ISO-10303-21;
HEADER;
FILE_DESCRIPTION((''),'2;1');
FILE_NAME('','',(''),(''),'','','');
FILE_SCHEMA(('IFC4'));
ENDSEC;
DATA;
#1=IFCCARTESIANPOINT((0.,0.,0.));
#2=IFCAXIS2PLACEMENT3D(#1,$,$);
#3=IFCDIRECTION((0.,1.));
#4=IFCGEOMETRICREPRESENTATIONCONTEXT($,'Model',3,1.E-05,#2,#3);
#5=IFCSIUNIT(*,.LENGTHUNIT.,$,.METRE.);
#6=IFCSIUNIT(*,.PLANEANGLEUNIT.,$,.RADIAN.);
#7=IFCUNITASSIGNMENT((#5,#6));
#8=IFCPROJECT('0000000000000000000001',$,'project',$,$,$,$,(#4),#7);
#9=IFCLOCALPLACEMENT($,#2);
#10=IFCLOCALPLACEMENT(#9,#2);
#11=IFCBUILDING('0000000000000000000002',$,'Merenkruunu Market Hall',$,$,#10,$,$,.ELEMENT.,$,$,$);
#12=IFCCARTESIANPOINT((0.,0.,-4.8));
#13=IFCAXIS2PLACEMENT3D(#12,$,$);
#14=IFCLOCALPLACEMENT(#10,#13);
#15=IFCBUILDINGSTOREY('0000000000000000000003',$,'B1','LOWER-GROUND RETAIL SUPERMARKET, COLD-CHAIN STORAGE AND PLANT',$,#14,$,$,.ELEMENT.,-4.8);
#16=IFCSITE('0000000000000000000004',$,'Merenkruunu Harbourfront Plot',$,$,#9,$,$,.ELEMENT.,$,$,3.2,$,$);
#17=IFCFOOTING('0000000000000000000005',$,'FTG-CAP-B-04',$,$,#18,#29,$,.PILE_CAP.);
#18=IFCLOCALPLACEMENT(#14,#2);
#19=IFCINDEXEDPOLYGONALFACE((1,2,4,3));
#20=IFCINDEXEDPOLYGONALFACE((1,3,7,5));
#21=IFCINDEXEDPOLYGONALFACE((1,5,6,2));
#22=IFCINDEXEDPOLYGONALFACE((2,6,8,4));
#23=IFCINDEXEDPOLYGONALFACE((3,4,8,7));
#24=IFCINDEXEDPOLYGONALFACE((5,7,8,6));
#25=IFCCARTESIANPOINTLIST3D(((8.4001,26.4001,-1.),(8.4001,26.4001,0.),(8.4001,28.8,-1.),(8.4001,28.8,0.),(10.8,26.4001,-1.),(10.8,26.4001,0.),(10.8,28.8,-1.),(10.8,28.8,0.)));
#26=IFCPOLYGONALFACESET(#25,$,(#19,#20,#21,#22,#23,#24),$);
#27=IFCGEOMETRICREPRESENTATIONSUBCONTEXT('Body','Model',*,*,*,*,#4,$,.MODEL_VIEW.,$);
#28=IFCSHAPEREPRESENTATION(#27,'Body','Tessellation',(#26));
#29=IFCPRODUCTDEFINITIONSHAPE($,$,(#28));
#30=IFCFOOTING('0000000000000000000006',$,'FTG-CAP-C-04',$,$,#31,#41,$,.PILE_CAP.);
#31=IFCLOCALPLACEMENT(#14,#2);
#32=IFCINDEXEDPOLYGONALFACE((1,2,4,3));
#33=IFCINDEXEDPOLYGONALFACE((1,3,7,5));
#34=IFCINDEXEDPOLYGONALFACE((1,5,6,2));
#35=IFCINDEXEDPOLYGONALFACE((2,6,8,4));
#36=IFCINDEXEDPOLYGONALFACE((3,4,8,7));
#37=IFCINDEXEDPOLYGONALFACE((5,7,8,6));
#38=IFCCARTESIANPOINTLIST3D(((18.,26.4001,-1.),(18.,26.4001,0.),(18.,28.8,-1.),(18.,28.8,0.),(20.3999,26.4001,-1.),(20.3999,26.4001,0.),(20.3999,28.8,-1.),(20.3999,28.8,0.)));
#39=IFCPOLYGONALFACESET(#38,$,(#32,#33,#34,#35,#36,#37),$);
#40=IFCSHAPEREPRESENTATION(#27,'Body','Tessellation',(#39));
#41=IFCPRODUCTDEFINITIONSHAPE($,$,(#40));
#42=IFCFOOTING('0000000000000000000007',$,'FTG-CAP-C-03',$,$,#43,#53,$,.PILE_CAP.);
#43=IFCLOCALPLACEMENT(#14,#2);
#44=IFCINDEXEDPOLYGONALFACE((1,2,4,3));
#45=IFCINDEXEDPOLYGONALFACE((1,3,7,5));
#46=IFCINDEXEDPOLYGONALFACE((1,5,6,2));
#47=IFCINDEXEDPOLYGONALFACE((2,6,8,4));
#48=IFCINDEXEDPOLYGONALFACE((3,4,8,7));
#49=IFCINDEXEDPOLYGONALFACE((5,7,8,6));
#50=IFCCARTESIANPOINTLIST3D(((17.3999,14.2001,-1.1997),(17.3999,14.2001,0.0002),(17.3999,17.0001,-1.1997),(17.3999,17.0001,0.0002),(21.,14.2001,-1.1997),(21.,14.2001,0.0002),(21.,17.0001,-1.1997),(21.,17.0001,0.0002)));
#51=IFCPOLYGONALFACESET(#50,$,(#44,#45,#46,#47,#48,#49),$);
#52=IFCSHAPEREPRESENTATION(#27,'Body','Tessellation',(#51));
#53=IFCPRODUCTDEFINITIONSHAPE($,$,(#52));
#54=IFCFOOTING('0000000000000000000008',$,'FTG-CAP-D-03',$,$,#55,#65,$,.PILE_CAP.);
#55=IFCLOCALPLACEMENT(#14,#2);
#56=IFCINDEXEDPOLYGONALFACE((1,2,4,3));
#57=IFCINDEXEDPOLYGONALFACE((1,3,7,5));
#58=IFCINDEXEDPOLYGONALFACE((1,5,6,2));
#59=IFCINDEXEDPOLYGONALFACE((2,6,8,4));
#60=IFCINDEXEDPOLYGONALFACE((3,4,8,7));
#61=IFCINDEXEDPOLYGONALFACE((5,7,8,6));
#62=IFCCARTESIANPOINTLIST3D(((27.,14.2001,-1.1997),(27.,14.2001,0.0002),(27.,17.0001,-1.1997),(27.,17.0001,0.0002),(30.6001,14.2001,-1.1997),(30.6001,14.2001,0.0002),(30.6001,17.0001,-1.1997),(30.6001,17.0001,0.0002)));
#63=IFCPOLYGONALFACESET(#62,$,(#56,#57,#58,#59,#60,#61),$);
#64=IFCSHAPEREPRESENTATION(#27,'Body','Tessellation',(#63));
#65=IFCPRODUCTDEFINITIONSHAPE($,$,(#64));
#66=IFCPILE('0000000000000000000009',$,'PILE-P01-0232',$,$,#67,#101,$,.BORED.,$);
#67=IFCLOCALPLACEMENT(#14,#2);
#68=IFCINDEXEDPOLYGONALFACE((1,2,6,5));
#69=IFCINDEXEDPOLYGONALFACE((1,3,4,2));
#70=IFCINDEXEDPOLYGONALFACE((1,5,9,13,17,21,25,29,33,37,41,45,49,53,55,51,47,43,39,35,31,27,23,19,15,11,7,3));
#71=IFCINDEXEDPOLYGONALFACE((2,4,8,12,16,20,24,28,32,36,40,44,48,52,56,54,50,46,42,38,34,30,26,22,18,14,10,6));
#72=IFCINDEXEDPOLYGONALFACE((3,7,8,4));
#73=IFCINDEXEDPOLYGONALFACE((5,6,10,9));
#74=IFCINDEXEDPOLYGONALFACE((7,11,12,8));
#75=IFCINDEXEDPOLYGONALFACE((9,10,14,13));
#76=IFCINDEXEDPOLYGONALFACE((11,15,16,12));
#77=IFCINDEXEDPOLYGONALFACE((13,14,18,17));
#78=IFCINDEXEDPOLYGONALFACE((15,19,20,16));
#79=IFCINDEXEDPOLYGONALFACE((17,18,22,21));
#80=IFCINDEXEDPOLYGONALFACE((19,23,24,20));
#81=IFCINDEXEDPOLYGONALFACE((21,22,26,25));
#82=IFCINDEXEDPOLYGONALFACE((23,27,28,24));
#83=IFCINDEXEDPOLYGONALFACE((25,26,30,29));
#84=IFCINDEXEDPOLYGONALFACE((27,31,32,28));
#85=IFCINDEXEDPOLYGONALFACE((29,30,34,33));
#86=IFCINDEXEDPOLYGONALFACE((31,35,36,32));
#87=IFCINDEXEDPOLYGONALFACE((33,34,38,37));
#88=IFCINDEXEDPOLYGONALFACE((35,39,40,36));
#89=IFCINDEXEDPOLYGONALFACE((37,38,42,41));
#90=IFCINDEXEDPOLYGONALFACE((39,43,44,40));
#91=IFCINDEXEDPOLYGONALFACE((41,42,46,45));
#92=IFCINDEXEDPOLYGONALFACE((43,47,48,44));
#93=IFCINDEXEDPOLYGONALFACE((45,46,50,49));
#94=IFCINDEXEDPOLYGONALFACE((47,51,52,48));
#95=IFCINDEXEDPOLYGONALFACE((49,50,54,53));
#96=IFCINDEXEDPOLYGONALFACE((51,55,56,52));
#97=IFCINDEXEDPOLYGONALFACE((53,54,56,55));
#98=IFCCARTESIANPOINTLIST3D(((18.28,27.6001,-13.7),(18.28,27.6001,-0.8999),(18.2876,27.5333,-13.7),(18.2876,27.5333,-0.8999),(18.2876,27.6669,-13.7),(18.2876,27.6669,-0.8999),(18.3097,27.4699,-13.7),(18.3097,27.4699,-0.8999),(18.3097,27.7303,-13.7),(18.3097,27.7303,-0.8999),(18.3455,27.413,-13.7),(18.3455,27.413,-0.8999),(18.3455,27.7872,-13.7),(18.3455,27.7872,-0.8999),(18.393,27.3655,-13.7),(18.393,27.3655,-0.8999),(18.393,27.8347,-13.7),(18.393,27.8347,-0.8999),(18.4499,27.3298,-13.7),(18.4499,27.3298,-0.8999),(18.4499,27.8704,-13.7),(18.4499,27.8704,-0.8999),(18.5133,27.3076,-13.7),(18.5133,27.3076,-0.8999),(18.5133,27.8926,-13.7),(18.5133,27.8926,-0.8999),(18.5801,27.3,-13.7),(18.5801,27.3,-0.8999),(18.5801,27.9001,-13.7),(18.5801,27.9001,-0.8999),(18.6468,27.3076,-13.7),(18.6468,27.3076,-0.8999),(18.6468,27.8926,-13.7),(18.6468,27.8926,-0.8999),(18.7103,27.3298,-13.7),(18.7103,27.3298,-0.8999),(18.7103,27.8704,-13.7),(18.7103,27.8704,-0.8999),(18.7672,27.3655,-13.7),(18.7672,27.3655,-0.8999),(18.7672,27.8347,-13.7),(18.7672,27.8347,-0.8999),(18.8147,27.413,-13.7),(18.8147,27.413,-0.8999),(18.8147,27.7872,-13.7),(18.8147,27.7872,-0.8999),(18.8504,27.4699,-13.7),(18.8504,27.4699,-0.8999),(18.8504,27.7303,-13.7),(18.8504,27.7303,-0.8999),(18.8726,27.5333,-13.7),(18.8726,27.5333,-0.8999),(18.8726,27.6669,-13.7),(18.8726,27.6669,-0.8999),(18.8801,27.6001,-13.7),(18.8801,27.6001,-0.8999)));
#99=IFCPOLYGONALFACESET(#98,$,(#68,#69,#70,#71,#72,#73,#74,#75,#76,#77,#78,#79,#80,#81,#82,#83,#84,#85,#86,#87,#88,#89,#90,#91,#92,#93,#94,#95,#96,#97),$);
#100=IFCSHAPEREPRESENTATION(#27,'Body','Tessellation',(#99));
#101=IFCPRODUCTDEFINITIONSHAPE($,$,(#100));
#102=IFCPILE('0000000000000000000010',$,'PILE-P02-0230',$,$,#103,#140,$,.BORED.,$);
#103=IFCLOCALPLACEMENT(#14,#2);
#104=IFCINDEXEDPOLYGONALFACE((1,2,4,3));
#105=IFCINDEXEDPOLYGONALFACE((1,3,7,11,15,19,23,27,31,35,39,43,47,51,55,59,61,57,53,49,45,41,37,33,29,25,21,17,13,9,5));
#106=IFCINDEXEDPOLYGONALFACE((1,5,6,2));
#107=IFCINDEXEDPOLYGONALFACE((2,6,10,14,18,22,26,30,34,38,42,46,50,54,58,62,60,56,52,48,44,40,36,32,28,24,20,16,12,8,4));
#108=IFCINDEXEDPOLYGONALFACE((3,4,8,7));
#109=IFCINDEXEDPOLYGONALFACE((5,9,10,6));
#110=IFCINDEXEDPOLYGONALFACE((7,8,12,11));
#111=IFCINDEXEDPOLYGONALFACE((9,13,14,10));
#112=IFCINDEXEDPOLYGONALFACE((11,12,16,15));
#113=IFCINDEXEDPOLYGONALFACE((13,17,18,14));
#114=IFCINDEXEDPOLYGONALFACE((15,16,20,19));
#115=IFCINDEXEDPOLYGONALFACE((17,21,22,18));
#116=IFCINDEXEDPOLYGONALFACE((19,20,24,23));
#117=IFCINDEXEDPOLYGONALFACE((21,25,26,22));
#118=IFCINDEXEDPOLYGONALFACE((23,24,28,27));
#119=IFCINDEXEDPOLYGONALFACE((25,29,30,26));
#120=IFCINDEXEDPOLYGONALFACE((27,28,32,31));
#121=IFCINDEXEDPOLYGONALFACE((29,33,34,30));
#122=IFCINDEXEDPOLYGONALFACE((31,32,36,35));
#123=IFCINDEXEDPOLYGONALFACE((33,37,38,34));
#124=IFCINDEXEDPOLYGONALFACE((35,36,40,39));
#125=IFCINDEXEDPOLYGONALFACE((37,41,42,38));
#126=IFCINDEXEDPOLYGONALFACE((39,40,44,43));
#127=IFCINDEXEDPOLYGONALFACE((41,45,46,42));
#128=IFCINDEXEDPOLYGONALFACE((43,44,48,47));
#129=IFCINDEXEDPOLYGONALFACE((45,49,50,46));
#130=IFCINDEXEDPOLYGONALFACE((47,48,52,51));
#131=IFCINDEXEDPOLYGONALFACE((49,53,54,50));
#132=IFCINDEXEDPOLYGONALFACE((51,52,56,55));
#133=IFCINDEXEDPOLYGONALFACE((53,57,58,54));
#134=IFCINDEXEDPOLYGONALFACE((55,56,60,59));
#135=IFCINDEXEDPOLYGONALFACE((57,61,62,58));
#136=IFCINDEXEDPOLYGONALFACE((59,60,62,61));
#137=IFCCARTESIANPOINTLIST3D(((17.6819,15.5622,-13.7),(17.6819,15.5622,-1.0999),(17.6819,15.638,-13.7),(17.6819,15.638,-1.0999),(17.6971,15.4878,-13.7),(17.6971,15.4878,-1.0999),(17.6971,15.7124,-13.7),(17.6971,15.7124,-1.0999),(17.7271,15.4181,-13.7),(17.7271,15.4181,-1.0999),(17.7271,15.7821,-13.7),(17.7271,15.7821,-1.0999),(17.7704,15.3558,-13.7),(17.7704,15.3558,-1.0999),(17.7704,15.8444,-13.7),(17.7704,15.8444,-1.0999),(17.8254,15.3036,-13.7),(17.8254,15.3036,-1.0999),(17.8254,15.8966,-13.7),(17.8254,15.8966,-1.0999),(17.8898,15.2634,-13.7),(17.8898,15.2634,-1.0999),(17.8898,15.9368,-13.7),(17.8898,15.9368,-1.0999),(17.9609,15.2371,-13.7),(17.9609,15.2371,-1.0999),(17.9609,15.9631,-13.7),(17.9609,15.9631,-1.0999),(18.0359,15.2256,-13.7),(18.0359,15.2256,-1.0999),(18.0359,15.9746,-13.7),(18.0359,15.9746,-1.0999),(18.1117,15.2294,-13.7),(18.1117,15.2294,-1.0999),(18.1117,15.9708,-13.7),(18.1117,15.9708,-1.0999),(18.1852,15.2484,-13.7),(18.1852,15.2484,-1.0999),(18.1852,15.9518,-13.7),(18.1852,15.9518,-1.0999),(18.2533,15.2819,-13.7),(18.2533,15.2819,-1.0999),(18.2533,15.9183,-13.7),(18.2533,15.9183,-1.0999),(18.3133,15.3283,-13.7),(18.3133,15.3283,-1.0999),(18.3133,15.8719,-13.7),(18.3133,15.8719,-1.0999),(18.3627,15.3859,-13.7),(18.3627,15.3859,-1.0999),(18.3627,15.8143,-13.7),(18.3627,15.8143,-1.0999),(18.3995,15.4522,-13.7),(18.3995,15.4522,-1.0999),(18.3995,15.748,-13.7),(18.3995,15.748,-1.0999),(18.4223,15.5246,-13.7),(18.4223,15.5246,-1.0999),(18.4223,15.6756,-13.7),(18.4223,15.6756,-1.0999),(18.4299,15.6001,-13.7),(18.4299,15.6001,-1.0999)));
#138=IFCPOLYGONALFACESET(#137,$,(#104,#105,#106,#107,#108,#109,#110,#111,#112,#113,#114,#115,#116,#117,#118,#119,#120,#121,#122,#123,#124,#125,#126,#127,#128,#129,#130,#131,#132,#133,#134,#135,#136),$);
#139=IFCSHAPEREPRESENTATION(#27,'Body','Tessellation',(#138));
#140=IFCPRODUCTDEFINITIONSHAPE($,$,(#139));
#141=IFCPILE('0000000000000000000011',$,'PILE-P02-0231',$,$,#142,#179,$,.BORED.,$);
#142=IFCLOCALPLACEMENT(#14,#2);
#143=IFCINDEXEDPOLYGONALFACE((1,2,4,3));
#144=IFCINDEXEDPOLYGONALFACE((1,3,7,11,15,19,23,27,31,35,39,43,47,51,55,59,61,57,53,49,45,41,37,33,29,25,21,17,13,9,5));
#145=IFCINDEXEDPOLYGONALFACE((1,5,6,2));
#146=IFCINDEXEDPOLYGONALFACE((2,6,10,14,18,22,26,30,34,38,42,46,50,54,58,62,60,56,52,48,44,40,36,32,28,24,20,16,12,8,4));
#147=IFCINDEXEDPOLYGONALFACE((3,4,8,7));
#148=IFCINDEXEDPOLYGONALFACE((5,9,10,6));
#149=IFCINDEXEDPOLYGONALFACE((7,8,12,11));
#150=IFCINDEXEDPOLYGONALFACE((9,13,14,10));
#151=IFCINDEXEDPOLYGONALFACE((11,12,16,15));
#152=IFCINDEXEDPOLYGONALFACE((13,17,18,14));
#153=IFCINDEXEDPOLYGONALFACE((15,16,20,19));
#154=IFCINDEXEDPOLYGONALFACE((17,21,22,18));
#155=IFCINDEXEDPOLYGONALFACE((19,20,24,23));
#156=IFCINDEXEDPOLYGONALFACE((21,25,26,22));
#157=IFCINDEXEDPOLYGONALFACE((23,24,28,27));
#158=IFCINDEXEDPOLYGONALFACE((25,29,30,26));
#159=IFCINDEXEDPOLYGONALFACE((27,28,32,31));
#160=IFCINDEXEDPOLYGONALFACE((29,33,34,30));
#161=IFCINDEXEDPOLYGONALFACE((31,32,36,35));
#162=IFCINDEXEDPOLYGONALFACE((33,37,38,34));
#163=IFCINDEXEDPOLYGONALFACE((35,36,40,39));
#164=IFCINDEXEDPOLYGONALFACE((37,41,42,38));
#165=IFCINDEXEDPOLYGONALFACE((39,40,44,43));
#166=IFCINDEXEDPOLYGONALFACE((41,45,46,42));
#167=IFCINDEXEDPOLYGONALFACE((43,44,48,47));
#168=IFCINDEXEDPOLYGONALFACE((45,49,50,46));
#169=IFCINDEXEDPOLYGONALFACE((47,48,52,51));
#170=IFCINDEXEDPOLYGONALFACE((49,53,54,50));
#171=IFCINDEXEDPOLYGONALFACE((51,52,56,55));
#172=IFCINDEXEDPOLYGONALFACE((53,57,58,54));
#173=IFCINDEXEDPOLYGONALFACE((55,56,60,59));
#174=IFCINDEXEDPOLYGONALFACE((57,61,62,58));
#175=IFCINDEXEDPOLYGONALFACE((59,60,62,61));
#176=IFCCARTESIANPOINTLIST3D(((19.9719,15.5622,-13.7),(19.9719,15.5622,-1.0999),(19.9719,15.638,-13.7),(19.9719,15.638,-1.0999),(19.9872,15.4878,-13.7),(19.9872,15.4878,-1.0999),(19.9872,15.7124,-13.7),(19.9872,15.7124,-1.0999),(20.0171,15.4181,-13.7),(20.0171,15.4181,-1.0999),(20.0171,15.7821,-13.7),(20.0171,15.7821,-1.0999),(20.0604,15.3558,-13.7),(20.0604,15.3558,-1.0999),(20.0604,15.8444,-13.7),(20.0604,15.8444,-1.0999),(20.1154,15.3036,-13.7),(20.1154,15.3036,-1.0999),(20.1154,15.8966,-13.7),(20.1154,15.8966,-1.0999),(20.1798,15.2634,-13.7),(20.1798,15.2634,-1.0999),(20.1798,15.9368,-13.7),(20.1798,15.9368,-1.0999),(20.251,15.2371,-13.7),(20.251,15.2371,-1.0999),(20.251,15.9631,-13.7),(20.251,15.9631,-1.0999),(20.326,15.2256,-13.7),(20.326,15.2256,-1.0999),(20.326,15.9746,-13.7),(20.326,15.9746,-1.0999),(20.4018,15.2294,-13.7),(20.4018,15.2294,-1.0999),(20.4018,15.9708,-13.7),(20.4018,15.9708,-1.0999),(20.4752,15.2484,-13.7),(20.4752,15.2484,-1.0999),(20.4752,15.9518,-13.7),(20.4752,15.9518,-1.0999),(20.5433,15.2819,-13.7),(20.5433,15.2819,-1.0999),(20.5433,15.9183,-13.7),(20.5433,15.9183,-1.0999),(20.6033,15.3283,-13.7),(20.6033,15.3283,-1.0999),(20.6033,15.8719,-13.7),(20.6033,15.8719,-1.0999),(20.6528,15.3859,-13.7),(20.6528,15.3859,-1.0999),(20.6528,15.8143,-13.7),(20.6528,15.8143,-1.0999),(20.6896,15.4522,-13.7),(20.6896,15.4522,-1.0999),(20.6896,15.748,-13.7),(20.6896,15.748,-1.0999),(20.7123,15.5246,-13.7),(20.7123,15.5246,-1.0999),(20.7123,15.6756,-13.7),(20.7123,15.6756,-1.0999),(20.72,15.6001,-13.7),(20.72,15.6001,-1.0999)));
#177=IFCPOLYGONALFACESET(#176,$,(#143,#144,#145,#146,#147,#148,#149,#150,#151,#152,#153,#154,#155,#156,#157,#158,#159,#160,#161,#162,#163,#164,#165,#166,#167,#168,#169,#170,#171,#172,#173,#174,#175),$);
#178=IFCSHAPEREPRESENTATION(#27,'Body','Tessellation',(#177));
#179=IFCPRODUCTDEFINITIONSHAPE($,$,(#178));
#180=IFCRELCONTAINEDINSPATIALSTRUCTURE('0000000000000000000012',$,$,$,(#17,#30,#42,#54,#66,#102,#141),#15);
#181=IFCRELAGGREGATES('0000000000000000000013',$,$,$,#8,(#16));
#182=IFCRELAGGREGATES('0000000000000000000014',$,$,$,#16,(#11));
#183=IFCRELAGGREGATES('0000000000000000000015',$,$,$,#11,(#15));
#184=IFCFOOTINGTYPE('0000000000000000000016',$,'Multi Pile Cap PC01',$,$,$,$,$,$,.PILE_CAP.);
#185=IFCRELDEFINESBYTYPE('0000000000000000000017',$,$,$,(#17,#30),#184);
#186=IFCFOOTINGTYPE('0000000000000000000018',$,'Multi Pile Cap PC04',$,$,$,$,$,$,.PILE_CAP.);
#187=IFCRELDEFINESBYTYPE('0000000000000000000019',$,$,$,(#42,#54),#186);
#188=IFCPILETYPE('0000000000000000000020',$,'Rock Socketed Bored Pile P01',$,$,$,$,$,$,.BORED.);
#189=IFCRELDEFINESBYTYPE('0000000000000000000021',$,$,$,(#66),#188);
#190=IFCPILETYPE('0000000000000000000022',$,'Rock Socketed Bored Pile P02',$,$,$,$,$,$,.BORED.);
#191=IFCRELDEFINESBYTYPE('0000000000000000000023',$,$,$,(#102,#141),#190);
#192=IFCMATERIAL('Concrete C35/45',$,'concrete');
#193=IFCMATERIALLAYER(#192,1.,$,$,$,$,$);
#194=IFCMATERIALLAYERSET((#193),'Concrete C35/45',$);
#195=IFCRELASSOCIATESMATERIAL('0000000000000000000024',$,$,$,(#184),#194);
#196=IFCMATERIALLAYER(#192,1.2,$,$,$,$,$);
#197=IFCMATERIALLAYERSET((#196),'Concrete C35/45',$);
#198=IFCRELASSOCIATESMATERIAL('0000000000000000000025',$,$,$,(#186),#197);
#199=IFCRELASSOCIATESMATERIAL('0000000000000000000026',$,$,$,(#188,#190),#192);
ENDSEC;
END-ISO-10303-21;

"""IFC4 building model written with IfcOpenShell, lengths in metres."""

from ifc_helpers import new_model, si_unit, direction, frame, origin, origin_2d, place, context, subcontext, project, spatial, rectangle, circle, extrude, material, layer, layer_set, material_profile, profile_set, type_object, element, save


model = new_model("IFC4")

# Units and contexts
model_context = context("Model", 3, precision=1e-05, world=origin(), true_north=direction((0.0, 1.0)))
body_context = subcontext(model_context, "Body", "Model", "MODEL_VIEW")
ifc_project = project(units=[si_unit("LENGTHUNIT", "METRE"), si_unit("PLANEANGLEUNIT", "RADIAN")], contexts=[model_context])

# Site, building, storey
site_placement = place(None, origin())
site = spatial("IfcSite", under=ifc_project, at=site_placement, Name="Merenkruunu Harbourfront Plot", CompositionType="ELEMENT", RefElevation=3.2)
building_placement = place(site_placement, origin())
building = spatial("IfcBuilding", under=site, at=building_placement, Name="Merenkruunu Market Hall", CompositionType="ELEMENT")
storey_placement = place(building_placement, frame((0.0, 0.0, -4.8)))
storey = spatial("IfcBuildingStorey", under=building, at=storey_placement, Name="B1", Description="LOWER-GROUND RETAIL SUPERMARKET, COLD-CHAIN STORAGE AND PLANT", CompositionType="ELEMENT", Elevation=-4.8)

# Footings
ifc_material = material(Name="Concrete C35/45", Category="concrete")
ifc_layer_1 = layer(ifc_material, 1.0)
ifc_layer_set_1 = layer_set([ifc_layer_1], Name="Concrete C35/45")
footing_type_1 = type_object("IfcFootingType", Name="Multi Pile Cap PC01", PredefinedType="PILE_CAP", material=ifc_layer_set_1)
for number, where, z_axis, x_axis, name in (
    (1, (9.6001, 27.6001, -1.0), (0.0, 0.0, 1.0), (1.0, 0.0, 0.0), "FTG-CAP-B-04"),
    (2, (19.2, 27.6001, -1.0), (0.0, 0.0, 1.0), (1.0, 0.0, 0.0), "FTG-CAP-C-04"),
):
    element("IfcFooting", number, at=place(storey_placement, frame(where, z_axis=z_axis, x_axis=x_axis)), inside=storey, type_object=footing_type_1, Name=name, PredefinedType="PILE_CAP", context=body_context, shape_type="SweptSolid", body=[
        extrude(rectangle(XDim=2.3999, YDim=2.3999, at=origin_2d()), origin(), (0.0, 0.0, 1.0), 1.0),
    ])
ifc_layer_2 = layer(ifc_material, 1.2)
ifc_layer_set_2 = layer_set([ifc_layer_2], Name="Concrete C35/45")
footing_type_2 = type_object("IfcFootingType", Name="Multi Pile Cap PC04", PredefinedType="PILE_CAP", material=ifc_layer_set_2)
for number, where, z_axis, x_axis, name in (
    (3, (19.2, 15.6001, -1.1997), (0.0, 0.0, 1.0), (1.0, 0.0, 0.0), "FTG-CAP-C-03"),
    (4, (28.8, 15.6001, -1.1997), (0.0, 0.0, 1.0), (1.0, 0.0, 0.0), "FTG-CAP-D-03"),
):
    element("IfcFooting", number, at=place(storey_placement, frame(where, z_axis=z_axis, x_axis=x_axis)), inside=storey, type_object=footing_type_2, Name=name, PredefinedType="PILE_CAP", context=body_context, shape_type="SweptSolid", body=[
        extrude(rectangle(XDim=3.6001, YDim=2.8, at=origin_2d()), origin(), (0.0, 0.0, 1.0), 1.2),
    ])

# Piles
ifc_material_profile_1 = material_profile(ifc_material, circle(Radius=0.3, at=origin_2d()), Name="BORED PILE 600")
ifc_profile_set_1 = profile_set([ifc_material_profile_1], Name="Concrete C35/45")
pile_type_1 = type_object("IfcPileType", Name="Rock Socketed Bored Pile P01", PredefinedType="BORED", material=ifc_profile_set_1)
pile_placement = place(storey_placement, frame((18.5801, 27.6001, -0.8999), z_axis=(0.0, 0.0, -1.0), x_axis=(1.0, 0.0, 0.0)))
element("IfcPile", 5, at=pile_placement, inside=storey, type_object=pile_type_1, Name="PILE-P01-0232", PredefinedType="BORED", context=body_context, shape_type="SweptSolid", body=[
    extrude(circle(Radius=0.3, at=origin_2d()), origin(), (0.0, 0.0, 1.0), 12.8),
])
ifc_material_profile_2 = material_profile(ifc_material, circle(Radius=0.375, at=origin_2d()), Name="BORED PILE 750")
ifc_profile_set_2 = profile_set([ifc_material_profile_2], Name="Concrete C35/45")
pile_type_2 = type_object("IfcPileType", Name="Rock Socketed Bored Pile P02", PredefinedType="BORED", material=ifc_profile_set_2)
for number, where, z_axis, x_axis, name in (
    (6, (18.0549, 15.6001, -1.0999), (0.0, 0.0, -1.0), (1.0, 0.0, 0.0), "PILE-P02-0230"),
    (7, (20.345, 15.6001, -1.0999), (0.0, 0.0, -1.0), (1.0, 0.0, 0.0), "PILE-P02-0231"),
):
    element("IfcPile", number, at=place(storey_placement, frame(where, z_axis=z_axis, x_axis=x_axis)), inside=storey, type_object=pile_type_2, Name=name, PredefinedType="BORED", context=body_context, shape_type="SweptSolid", body=[
        extrude(circle(Radius=0.375, at=origin_2d()), origin(), (0.0, 0.0, 1.0), 12.6001),
    ])

save(model, "model.ifc")
